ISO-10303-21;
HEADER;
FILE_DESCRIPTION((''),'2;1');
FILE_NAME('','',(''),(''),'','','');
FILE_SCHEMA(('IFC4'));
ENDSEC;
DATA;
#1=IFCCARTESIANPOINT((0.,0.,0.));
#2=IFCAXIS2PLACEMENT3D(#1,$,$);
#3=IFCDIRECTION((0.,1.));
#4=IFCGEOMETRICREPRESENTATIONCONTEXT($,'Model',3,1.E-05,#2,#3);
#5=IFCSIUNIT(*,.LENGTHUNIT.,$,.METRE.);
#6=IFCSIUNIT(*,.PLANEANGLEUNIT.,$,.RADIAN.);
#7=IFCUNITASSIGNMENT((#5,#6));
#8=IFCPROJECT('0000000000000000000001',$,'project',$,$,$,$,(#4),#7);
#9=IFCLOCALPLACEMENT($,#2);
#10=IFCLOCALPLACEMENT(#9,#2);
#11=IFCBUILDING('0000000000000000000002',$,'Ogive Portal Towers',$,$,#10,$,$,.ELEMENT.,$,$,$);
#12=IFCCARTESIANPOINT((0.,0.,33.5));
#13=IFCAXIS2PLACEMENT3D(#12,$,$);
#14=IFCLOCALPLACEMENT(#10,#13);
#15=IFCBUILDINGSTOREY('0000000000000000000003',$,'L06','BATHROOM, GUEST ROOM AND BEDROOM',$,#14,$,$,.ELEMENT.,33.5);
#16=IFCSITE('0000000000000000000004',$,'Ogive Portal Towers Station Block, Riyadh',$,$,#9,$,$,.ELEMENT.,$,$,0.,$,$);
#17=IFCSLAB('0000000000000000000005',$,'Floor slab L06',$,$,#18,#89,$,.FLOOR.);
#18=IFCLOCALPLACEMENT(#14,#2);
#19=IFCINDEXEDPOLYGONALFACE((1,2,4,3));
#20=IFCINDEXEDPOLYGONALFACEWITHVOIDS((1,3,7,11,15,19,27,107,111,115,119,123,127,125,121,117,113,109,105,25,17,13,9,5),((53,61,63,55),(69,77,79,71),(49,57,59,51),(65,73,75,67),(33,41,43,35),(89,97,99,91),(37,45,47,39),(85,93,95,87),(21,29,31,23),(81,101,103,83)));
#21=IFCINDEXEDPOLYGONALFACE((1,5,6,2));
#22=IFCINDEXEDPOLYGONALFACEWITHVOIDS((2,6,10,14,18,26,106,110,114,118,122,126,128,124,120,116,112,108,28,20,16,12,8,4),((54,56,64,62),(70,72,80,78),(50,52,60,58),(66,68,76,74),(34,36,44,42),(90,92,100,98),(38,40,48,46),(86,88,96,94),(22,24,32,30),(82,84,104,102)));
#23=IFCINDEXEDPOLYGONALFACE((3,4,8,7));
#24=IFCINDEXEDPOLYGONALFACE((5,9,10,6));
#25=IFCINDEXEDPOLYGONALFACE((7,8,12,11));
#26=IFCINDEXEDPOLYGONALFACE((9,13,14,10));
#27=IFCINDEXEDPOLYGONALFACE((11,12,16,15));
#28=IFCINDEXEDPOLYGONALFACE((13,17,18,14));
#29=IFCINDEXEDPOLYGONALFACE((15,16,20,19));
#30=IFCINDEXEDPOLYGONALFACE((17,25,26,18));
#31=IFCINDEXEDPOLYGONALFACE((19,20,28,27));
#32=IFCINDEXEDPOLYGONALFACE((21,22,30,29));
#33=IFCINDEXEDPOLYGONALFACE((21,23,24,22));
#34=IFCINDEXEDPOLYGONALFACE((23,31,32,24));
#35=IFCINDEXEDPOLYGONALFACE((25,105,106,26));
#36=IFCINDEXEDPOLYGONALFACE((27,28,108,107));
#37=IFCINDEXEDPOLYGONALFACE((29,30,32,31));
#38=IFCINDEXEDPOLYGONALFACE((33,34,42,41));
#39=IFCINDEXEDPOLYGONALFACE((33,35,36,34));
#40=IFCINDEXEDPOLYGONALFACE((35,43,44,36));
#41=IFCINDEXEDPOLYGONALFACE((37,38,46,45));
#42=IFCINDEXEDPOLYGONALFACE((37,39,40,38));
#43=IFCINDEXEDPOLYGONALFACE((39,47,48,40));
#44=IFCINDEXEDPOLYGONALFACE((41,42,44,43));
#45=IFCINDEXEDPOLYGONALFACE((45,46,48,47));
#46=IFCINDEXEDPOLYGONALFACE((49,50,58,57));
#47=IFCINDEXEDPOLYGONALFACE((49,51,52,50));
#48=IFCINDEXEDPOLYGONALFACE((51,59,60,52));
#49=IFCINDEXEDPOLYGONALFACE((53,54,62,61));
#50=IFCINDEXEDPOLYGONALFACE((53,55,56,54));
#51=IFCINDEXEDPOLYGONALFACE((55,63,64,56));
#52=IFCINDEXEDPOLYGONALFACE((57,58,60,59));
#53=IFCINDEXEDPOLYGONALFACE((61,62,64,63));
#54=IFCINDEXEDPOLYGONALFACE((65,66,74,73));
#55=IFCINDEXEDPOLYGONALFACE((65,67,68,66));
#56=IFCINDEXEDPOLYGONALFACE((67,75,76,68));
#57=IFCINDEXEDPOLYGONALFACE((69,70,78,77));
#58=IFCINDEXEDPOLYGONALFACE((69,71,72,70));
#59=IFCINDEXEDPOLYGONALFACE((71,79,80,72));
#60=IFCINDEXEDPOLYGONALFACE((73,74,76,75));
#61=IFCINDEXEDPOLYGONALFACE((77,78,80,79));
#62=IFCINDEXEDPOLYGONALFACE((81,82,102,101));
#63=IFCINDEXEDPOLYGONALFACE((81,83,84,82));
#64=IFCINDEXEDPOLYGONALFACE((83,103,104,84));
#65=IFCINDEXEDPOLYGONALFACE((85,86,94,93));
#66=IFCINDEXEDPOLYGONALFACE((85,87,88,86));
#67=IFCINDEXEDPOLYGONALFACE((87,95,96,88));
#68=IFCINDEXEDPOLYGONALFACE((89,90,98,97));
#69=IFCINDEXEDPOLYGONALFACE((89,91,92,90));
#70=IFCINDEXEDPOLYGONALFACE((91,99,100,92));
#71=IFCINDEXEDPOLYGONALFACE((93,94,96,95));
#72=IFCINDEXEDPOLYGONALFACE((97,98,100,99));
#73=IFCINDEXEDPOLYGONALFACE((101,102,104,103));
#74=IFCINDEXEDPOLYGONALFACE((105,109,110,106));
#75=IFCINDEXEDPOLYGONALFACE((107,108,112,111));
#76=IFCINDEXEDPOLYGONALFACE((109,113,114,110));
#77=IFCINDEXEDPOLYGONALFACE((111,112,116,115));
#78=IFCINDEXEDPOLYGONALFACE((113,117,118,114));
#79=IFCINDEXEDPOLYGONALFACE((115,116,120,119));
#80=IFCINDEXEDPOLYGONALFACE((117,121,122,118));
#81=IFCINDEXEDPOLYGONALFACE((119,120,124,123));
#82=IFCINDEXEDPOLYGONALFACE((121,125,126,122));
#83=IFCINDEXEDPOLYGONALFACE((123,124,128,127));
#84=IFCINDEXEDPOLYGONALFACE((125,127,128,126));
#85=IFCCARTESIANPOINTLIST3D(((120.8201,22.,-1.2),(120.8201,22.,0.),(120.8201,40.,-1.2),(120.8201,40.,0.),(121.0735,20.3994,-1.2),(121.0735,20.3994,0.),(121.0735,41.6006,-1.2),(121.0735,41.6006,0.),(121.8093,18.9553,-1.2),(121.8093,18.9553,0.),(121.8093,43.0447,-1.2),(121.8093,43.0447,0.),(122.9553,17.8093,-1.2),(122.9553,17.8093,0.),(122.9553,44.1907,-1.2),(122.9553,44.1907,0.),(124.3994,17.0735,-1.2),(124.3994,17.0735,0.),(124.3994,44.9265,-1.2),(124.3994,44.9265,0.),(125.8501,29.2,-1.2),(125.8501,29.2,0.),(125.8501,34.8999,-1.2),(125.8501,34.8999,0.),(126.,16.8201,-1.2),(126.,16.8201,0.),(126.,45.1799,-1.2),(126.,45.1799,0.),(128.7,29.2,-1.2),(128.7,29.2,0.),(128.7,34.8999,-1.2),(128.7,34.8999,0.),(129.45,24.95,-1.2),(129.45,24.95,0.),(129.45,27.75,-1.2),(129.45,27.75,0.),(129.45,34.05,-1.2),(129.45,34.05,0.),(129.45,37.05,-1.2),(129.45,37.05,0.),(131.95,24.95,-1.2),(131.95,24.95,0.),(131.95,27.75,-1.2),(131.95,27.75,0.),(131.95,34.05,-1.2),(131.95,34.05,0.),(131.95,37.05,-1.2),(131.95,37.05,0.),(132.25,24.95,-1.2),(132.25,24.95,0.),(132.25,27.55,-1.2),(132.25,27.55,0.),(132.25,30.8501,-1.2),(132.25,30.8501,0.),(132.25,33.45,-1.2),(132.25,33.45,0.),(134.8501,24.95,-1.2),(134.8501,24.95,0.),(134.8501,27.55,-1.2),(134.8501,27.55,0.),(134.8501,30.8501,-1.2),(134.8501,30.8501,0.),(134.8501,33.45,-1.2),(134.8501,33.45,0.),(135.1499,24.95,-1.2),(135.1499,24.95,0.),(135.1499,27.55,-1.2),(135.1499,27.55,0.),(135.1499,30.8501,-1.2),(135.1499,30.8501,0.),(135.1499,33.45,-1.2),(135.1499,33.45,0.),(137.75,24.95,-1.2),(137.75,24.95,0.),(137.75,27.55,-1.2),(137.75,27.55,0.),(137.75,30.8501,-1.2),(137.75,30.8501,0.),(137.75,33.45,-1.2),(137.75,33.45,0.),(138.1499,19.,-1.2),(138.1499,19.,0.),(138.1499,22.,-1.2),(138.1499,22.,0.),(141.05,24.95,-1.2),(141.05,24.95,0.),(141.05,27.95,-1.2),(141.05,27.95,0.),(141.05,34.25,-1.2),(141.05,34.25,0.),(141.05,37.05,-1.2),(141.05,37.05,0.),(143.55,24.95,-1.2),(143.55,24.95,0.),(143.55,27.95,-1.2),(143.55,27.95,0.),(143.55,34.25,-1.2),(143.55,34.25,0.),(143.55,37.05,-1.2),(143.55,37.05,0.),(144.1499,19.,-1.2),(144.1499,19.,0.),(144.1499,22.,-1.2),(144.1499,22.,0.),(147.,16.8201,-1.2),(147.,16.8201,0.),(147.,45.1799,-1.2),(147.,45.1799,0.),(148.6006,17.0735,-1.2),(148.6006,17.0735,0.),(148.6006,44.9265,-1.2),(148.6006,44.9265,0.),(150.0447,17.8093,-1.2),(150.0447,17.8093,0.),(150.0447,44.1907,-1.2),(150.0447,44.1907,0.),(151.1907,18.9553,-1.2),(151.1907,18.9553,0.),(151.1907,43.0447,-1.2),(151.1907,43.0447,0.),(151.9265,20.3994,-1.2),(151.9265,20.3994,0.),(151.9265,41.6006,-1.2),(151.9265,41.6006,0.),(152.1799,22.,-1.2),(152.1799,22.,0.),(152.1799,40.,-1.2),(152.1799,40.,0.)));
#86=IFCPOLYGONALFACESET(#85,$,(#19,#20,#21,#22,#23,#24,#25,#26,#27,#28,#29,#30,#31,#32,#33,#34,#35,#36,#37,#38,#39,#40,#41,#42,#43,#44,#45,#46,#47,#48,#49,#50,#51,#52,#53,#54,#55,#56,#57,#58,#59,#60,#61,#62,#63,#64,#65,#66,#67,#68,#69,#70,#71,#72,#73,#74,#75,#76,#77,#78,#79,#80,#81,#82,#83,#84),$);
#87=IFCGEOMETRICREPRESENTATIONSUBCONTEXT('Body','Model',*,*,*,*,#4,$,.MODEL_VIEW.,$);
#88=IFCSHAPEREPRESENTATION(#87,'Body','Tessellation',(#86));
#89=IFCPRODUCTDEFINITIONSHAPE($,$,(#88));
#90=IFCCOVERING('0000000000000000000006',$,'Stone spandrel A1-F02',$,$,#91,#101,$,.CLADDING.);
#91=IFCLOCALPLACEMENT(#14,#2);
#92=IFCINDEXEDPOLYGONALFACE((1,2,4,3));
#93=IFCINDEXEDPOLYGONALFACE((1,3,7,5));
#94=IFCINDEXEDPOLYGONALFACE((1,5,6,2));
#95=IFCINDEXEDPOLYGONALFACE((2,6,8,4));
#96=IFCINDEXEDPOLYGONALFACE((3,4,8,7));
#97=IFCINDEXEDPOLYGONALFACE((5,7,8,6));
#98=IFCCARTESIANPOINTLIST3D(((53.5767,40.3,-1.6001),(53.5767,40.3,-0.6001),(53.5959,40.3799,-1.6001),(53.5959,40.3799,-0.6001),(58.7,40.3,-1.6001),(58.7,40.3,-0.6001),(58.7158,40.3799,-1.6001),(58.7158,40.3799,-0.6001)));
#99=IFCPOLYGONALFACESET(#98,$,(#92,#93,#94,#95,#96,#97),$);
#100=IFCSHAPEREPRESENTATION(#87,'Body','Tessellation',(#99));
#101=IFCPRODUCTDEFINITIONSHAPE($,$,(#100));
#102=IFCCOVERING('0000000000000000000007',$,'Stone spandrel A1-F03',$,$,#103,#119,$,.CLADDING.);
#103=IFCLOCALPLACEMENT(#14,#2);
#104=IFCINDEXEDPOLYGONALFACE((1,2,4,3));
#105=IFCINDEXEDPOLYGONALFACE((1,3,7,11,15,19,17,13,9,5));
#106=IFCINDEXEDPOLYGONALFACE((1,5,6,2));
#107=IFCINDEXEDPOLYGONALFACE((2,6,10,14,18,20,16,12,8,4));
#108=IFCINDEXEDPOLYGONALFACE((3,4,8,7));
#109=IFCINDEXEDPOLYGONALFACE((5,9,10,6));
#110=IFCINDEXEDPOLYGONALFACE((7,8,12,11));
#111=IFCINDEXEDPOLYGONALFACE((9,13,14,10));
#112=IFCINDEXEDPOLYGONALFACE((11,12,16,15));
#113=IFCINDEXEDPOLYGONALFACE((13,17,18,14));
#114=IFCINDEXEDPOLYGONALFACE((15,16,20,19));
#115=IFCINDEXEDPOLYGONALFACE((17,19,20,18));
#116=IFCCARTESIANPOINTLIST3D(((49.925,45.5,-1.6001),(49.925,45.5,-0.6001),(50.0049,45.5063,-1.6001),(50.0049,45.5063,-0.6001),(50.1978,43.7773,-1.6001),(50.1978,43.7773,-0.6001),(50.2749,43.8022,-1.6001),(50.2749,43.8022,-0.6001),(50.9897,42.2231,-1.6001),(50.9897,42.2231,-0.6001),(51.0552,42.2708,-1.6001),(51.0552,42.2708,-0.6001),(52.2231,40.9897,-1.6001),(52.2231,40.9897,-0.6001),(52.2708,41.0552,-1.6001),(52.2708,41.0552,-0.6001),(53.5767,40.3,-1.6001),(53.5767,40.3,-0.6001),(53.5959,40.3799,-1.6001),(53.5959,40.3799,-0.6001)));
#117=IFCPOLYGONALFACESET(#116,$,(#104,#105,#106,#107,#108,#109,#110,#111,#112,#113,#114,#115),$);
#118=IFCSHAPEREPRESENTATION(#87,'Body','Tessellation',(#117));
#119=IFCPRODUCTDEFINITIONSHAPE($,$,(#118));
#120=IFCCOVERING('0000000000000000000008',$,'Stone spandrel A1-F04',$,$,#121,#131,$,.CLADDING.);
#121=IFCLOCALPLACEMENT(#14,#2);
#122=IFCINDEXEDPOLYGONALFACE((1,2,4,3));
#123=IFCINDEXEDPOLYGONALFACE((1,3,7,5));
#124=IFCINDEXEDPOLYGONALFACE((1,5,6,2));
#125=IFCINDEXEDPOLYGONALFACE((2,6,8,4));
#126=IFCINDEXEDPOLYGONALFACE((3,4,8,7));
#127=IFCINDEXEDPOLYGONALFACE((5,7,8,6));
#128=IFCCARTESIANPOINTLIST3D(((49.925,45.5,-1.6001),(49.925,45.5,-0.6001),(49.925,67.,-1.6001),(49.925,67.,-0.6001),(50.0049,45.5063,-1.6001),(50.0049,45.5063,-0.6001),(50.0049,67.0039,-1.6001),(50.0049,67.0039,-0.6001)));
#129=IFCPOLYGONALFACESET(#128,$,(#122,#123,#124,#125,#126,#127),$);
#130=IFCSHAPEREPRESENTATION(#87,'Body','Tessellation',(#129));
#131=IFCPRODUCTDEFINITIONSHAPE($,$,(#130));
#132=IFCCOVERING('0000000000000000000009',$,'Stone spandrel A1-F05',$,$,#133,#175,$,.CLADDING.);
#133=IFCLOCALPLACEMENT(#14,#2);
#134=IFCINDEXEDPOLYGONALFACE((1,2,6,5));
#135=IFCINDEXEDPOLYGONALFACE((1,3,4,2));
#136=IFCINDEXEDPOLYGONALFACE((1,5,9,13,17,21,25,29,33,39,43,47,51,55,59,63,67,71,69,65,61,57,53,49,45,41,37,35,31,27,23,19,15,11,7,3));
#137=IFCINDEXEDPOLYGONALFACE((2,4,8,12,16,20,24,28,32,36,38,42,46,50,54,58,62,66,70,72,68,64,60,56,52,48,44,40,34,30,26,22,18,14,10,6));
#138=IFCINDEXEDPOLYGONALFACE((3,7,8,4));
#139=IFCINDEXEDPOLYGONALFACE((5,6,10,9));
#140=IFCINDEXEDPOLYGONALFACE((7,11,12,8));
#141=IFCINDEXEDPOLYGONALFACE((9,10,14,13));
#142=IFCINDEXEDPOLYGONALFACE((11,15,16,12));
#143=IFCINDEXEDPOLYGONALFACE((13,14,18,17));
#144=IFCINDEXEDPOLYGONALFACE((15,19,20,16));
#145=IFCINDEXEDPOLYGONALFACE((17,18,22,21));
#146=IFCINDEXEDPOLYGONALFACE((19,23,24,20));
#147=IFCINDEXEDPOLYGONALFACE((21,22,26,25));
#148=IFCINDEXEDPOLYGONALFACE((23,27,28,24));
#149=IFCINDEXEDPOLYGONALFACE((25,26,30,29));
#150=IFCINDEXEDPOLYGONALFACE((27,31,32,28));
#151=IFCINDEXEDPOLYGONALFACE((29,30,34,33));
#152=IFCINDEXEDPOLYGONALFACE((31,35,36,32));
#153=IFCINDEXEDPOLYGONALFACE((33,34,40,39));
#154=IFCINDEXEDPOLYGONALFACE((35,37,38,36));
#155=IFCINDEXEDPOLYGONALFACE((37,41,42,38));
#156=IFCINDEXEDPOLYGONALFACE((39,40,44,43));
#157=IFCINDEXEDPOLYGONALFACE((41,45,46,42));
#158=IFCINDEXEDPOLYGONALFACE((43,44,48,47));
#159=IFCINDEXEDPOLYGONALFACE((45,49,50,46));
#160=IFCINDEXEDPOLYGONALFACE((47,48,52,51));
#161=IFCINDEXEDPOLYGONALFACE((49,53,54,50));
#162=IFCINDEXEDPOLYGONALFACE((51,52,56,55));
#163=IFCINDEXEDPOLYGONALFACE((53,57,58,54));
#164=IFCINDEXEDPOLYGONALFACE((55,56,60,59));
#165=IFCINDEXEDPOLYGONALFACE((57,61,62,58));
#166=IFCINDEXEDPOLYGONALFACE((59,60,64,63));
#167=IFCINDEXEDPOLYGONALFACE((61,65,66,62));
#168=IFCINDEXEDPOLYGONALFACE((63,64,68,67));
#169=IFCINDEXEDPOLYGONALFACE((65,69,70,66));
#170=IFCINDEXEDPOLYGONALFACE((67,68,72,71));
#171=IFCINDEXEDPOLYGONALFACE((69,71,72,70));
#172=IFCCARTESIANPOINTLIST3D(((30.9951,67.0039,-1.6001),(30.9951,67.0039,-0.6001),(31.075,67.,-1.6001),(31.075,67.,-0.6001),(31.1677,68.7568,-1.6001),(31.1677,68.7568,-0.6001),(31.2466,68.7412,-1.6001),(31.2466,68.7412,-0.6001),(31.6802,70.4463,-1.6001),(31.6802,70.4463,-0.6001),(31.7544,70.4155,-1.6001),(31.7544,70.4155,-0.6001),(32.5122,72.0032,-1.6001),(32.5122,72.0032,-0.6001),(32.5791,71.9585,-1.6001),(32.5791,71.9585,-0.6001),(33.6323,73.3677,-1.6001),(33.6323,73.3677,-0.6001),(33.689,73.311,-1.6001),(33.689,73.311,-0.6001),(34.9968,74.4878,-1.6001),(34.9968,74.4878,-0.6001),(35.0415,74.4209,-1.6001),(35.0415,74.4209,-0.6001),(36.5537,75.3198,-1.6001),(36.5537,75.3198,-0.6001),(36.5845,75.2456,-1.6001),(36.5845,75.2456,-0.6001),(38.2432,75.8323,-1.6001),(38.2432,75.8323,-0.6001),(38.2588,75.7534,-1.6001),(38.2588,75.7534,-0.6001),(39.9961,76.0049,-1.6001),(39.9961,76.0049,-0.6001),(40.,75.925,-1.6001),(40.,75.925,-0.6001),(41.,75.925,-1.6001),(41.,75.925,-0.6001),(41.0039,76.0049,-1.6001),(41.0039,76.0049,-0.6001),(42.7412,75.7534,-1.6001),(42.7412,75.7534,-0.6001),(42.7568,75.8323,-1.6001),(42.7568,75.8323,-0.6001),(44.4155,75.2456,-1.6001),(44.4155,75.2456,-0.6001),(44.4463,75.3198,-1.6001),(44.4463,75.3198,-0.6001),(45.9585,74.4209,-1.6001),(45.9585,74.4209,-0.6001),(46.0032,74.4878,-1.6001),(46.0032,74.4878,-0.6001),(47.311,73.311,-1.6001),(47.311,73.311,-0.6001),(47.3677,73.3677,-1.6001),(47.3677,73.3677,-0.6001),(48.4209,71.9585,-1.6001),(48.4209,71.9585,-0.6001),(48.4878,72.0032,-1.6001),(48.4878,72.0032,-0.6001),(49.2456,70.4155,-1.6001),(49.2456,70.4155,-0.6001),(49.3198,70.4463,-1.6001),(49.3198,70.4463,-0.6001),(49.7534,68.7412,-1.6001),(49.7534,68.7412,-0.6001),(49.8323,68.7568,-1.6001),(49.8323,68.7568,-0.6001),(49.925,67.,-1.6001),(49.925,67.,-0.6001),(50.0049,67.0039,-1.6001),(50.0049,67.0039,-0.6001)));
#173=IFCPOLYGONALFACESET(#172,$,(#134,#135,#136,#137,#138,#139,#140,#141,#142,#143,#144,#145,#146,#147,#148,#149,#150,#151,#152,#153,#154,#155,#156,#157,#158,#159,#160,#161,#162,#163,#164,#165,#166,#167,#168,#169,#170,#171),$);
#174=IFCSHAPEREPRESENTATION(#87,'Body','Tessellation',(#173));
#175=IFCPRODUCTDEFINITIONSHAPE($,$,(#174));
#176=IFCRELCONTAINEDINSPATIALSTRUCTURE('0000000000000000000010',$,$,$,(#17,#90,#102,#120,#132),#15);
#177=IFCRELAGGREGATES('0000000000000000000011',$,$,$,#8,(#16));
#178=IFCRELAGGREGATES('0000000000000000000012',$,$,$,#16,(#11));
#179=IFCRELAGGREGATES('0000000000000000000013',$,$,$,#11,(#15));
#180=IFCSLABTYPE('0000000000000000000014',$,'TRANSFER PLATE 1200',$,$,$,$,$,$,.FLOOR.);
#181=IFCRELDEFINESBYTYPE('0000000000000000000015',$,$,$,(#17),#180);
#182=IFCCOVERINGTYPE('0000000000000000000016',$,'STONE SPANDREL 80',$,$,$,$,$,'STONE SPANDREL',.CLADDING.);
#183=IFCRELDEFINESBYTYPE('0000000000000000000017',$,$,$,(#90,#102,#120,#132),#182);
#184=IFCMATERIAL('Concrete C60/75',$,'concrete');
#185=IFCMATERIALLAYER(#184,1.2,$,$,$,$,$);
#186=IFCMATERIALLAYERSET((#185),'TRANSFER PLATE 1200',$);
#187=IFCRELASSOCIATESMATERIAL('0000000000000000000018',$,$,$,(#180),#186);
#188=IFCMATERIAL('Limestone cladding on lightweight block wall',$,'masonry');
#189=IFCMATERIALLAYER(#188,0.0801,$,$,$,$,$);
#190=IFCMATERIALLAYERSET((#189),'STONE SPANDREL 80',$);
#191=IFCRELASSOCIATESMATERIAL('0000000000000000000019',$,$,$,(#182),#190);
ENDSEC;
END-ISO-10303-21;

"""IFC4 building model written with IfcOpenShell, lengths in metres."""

from ifc_helpers import new_model, si_unit, direction, frame, origin, place, context, subcontext, project, spatial, polyline, outline, extrude, material, layer, layer_set, type_object, element, save


model = new_model("IFC4")

# Units and contexts
model_context = context("Model", 3, precision=1e-05, world=origin(), true_north=direction((0.0, 1.0)))
body_context = subcontext(model_context, "Body", "Model", "MODEL_VIEW")
ifc_project = project(units=[si_unit("LENGTHUNIT", "METRE"), si_unit("PLANEANGLEUNIT", "RADIAN")], contexts=[model_context])

# Site, building, storey
site_placement = place(None, origin())
site = spatial("IfcSite", under=ifc_project, at=site_placement, Name="Ogive Portal Towers Station Block, Riyadh", CompositionType="ELEMENT", RefElevation=0.0)
building_placement = place(site_placement, origin())
building = spatial("IfcBuilding", under=site, at=building_placement, Name="Ogive Portal Towers", CompositionType="ELEMENT")
storey_placement = place(building_placement, frame((0.0, 0.0, 33.5)))
storey = spatial("IfcBuildingStorey", under=building, at=storey_placement, Name="L06", Description="BATHROOM, GUEST ROOM AND BEDROOM", CompositionType="ELEMENT", Elevation=33.5)

# Slab
ifc_material_1 = material(Name="Concrete C60/75", Category="concrete")
ifc_layer_1 = layer(ifc_material_1, 1.2)
ifc_layer_set_1 = layer_set([ifc_layer_1], Name="TRANSFER PLATE 1200")
slab_type_1 = type_object("IfcSlabType", Name="TRANSFER PLATE 1200", PredefinedType="FLOOR", material=ifc_layer_set_1)
slab_1_placement = place(storey_placement, frame((0.0, 0.0, -1.2)))
element("IfcSlab", 1, at=slab_1_placement, inside=storey, type_object=slab_type_1, Name="Floor slab L06", PredefinedType="FLOOR", context=body_context, shape_type="SweptSolid", body=[
    extrude(outline(polyline([(120.8201, 40.0), (120.8201, 22.0), (121.0735, 20.3994), (121.8093, 18.9553), (122.9553, 17.8093), (124.3994, 17.0735), (126.0, 16.8201), (147.0, 16.8201), (148.6006, 17.0735), (150.0447, 17.8093), (151.1907, 18.9553), (151.9265, 20.3994), (152.1799, 22.0), (152.1799, 40.0), (151.9265, 41.6006), (151.1907, 43.0447), (150.0447, 44.1907), (148.6006, 44.9265), (147.0, 45.1799), (126.0, 45.1799), (124.3994, 44.9265), (122.9553, 44.1907), (121.8093, 43.0447), (121.0735, 41.6006), (120.8201, 40.0)]), holes=[polyline([(131.95, 27.75), (131.95, 24.95), (129.45, 24.95), (129.45, 27.75), (131.95, 27.75)]), polyline([(131.95, 37.05), (131.95, 34.05), (129.45, 34.05), (129.45, 37.05), (131.95, 37.05)]), polyline([(134.8501, 27.55), (134.8501, 24.95), (132.25, 24.95), (132.25, 27.55), (134.8501, 27.55)]), polyline([(137.75, 27.55), (137.75, 24.95), (135.1499, 24.95), (135.1499, 27.55), (137.75, 27.55)]), polyline([(143.55, 27.95), (143.55, 24.95), (141.05, 24.95), (141.05, 27.95), (143.55, 27.95)]), polyline([(134.8501, 33.45), (134.8501, 30.8501), (132.25, 30.8501), (132.25, 33.45), (134.8501, 33.45)]), polyline([(137.75, 33.45), (137.75, 30.8501), (135.1499, 30.8501), (135.1499, 33.45), (137.75, 33.45)]), polyline([(143.55, 37.05), (143.55, 34.25), (141.05, 34.25), (141.05, 37.05), (143.55, 37.05)]), polyline([(128.7, 29.2), (128.7, 34.8999), (125.8501, 34.8999), (125.8501, 29.2), (128.7, 29.2)]), polyline([(144.1499, 19.0), (144.1499, 22.0), (138.1499, 22.0), (138.1499, 19.0), (144.1499, 19.0)])]), origin(), (0.0, 0.0, 1.0), 1.2),
])

# Coverings
ifc_material_2 = material(Name="Limestone cladding on lightweight block wall", Category="masonry")
ifc_layer_2 = layer(ifc_material_2, 0.0801)
ifc_layer_set_2 = layer_set([ifc_layer_2], Name="STONE SPANDREL 80")
covering_type_1 = type_object("IfcCoveringType", Name="STONE SPANDREL 80", ElementType="STONE SPANDREL", PredefinedType="CLADDING", material=ifc_layer_set_2)
covering_1_placement = place(storey_placement, frame((0.0, 0.0, -1.6001)))
element("IfcCovering", 2, at=covering_1_placement, inside=storey, type_object=covering_type_1, Name="Stone spandrel A1-F02", PredefinedType="CLADDING", context=body_context, shape_type="SweptSolid", body=[
    extrude(outline(polyline([(58.7, 40.3), (53.5767, 40.3), (53.5959, 40.3799), (58.7158, 40.3799), (58.7, 40.3)])), origin(), (0.0, 0.0, 1.0), 1.0),
])
covering_2_placement = place(storey_placement, frame((0.0, 0.0, -1.6001)))
element("IfcCovering", 3, at=covering_2_placement, inside=storey, type_object=covering_type_1, Name="Stone spandrel A1-F03", PredefinedType="CLADDING", context=body_context, shape_type="SweptSolid", body=[
    extrude(outline(polyline([(53.5767, 40.3), (52.2231, 40.9897), (50.9897, 42.2231), (50.1978, 43.7773), (49.925, 45.5), (50.0049, 45.5063), (50.2749, 43.8022), (51.0552, 42.2708), (52.2708, 41.0552), (53.5959, 40.3799), (53.5767, 40.3)])), origin(), (0.0, 0.0, 1.0), 1.0),
])
covering_3_placement = place(storey_placement, frame((0.0, 0.0, -1.6001)))
element("IfcCovering", 4, at=covering_3_placement, inside=storey, type_object=covering_type_1, Name="Stone spandrel A1-F04", PredefinedType="CLADDING", context=body_context, shape_type="SweptSolid", body=[
    extrude(outline(polyline([(49.925, 45.5), (49.925, 67.0), (50.0049, 67.0039), (50.0049, 45.5063), (49.925, 45.5)])), origin(), (0.0, 0.0, 1.0), 1.0),
])
covering_4_placement = place(storey_placement, frame((0.0, 0.0, -1.6001)))
element("IfcCovering", 5, at=covering_4_placement, inside=storey, type_object=covering_type_1, Name="Stone spandrel A1-F05", PredefinedType="CLADDING", context=body_context, shape_type="SweptSolid", body=[
    extrude(outline(polyline([(49.925, 67.0), (49.7534, 68.7412), (49.2456, 70.4155), (48.4209, 71.9585), (47.311, 73.311), (45.9585, 74.4209), (44.4155, 75.2456), (42.7412, 75.7534), (41.0, 75.925), (40.0, 75.925), (38.2588, 75.7534), (36.5845, 75.2456), (35.0415, 74.4209), (33.689, 73.311), (32.5791, 71.9585), (31.7544, 70.4155), (31.2466, 68.7412), (31.075, 67.0), (30.9951, 67.0039), (31.1677, 68.7568), (31.6802, 70.4463), (32.5122, 72.0032), (33.6323, 73.3677), (34.9968, 74.4878), (36.5537, 75.3198), (38.2432, 75.8323), (39.9961, 76.0049), (41.0039, 76.0049), (42.7568, 75.8323), (44.4463, 75.3198), (46.0032, 74.4878), (47.3677, 73.3677), (48.4878, 72.0032), (49.3198, 70.4463), (49.8323, 68.7568), (50.0049, 67.0039), (49.925, 67.0)])), origin(), (0.0, 0.0, 1.0), 1.0),
])

save(model, "model.ifc")
